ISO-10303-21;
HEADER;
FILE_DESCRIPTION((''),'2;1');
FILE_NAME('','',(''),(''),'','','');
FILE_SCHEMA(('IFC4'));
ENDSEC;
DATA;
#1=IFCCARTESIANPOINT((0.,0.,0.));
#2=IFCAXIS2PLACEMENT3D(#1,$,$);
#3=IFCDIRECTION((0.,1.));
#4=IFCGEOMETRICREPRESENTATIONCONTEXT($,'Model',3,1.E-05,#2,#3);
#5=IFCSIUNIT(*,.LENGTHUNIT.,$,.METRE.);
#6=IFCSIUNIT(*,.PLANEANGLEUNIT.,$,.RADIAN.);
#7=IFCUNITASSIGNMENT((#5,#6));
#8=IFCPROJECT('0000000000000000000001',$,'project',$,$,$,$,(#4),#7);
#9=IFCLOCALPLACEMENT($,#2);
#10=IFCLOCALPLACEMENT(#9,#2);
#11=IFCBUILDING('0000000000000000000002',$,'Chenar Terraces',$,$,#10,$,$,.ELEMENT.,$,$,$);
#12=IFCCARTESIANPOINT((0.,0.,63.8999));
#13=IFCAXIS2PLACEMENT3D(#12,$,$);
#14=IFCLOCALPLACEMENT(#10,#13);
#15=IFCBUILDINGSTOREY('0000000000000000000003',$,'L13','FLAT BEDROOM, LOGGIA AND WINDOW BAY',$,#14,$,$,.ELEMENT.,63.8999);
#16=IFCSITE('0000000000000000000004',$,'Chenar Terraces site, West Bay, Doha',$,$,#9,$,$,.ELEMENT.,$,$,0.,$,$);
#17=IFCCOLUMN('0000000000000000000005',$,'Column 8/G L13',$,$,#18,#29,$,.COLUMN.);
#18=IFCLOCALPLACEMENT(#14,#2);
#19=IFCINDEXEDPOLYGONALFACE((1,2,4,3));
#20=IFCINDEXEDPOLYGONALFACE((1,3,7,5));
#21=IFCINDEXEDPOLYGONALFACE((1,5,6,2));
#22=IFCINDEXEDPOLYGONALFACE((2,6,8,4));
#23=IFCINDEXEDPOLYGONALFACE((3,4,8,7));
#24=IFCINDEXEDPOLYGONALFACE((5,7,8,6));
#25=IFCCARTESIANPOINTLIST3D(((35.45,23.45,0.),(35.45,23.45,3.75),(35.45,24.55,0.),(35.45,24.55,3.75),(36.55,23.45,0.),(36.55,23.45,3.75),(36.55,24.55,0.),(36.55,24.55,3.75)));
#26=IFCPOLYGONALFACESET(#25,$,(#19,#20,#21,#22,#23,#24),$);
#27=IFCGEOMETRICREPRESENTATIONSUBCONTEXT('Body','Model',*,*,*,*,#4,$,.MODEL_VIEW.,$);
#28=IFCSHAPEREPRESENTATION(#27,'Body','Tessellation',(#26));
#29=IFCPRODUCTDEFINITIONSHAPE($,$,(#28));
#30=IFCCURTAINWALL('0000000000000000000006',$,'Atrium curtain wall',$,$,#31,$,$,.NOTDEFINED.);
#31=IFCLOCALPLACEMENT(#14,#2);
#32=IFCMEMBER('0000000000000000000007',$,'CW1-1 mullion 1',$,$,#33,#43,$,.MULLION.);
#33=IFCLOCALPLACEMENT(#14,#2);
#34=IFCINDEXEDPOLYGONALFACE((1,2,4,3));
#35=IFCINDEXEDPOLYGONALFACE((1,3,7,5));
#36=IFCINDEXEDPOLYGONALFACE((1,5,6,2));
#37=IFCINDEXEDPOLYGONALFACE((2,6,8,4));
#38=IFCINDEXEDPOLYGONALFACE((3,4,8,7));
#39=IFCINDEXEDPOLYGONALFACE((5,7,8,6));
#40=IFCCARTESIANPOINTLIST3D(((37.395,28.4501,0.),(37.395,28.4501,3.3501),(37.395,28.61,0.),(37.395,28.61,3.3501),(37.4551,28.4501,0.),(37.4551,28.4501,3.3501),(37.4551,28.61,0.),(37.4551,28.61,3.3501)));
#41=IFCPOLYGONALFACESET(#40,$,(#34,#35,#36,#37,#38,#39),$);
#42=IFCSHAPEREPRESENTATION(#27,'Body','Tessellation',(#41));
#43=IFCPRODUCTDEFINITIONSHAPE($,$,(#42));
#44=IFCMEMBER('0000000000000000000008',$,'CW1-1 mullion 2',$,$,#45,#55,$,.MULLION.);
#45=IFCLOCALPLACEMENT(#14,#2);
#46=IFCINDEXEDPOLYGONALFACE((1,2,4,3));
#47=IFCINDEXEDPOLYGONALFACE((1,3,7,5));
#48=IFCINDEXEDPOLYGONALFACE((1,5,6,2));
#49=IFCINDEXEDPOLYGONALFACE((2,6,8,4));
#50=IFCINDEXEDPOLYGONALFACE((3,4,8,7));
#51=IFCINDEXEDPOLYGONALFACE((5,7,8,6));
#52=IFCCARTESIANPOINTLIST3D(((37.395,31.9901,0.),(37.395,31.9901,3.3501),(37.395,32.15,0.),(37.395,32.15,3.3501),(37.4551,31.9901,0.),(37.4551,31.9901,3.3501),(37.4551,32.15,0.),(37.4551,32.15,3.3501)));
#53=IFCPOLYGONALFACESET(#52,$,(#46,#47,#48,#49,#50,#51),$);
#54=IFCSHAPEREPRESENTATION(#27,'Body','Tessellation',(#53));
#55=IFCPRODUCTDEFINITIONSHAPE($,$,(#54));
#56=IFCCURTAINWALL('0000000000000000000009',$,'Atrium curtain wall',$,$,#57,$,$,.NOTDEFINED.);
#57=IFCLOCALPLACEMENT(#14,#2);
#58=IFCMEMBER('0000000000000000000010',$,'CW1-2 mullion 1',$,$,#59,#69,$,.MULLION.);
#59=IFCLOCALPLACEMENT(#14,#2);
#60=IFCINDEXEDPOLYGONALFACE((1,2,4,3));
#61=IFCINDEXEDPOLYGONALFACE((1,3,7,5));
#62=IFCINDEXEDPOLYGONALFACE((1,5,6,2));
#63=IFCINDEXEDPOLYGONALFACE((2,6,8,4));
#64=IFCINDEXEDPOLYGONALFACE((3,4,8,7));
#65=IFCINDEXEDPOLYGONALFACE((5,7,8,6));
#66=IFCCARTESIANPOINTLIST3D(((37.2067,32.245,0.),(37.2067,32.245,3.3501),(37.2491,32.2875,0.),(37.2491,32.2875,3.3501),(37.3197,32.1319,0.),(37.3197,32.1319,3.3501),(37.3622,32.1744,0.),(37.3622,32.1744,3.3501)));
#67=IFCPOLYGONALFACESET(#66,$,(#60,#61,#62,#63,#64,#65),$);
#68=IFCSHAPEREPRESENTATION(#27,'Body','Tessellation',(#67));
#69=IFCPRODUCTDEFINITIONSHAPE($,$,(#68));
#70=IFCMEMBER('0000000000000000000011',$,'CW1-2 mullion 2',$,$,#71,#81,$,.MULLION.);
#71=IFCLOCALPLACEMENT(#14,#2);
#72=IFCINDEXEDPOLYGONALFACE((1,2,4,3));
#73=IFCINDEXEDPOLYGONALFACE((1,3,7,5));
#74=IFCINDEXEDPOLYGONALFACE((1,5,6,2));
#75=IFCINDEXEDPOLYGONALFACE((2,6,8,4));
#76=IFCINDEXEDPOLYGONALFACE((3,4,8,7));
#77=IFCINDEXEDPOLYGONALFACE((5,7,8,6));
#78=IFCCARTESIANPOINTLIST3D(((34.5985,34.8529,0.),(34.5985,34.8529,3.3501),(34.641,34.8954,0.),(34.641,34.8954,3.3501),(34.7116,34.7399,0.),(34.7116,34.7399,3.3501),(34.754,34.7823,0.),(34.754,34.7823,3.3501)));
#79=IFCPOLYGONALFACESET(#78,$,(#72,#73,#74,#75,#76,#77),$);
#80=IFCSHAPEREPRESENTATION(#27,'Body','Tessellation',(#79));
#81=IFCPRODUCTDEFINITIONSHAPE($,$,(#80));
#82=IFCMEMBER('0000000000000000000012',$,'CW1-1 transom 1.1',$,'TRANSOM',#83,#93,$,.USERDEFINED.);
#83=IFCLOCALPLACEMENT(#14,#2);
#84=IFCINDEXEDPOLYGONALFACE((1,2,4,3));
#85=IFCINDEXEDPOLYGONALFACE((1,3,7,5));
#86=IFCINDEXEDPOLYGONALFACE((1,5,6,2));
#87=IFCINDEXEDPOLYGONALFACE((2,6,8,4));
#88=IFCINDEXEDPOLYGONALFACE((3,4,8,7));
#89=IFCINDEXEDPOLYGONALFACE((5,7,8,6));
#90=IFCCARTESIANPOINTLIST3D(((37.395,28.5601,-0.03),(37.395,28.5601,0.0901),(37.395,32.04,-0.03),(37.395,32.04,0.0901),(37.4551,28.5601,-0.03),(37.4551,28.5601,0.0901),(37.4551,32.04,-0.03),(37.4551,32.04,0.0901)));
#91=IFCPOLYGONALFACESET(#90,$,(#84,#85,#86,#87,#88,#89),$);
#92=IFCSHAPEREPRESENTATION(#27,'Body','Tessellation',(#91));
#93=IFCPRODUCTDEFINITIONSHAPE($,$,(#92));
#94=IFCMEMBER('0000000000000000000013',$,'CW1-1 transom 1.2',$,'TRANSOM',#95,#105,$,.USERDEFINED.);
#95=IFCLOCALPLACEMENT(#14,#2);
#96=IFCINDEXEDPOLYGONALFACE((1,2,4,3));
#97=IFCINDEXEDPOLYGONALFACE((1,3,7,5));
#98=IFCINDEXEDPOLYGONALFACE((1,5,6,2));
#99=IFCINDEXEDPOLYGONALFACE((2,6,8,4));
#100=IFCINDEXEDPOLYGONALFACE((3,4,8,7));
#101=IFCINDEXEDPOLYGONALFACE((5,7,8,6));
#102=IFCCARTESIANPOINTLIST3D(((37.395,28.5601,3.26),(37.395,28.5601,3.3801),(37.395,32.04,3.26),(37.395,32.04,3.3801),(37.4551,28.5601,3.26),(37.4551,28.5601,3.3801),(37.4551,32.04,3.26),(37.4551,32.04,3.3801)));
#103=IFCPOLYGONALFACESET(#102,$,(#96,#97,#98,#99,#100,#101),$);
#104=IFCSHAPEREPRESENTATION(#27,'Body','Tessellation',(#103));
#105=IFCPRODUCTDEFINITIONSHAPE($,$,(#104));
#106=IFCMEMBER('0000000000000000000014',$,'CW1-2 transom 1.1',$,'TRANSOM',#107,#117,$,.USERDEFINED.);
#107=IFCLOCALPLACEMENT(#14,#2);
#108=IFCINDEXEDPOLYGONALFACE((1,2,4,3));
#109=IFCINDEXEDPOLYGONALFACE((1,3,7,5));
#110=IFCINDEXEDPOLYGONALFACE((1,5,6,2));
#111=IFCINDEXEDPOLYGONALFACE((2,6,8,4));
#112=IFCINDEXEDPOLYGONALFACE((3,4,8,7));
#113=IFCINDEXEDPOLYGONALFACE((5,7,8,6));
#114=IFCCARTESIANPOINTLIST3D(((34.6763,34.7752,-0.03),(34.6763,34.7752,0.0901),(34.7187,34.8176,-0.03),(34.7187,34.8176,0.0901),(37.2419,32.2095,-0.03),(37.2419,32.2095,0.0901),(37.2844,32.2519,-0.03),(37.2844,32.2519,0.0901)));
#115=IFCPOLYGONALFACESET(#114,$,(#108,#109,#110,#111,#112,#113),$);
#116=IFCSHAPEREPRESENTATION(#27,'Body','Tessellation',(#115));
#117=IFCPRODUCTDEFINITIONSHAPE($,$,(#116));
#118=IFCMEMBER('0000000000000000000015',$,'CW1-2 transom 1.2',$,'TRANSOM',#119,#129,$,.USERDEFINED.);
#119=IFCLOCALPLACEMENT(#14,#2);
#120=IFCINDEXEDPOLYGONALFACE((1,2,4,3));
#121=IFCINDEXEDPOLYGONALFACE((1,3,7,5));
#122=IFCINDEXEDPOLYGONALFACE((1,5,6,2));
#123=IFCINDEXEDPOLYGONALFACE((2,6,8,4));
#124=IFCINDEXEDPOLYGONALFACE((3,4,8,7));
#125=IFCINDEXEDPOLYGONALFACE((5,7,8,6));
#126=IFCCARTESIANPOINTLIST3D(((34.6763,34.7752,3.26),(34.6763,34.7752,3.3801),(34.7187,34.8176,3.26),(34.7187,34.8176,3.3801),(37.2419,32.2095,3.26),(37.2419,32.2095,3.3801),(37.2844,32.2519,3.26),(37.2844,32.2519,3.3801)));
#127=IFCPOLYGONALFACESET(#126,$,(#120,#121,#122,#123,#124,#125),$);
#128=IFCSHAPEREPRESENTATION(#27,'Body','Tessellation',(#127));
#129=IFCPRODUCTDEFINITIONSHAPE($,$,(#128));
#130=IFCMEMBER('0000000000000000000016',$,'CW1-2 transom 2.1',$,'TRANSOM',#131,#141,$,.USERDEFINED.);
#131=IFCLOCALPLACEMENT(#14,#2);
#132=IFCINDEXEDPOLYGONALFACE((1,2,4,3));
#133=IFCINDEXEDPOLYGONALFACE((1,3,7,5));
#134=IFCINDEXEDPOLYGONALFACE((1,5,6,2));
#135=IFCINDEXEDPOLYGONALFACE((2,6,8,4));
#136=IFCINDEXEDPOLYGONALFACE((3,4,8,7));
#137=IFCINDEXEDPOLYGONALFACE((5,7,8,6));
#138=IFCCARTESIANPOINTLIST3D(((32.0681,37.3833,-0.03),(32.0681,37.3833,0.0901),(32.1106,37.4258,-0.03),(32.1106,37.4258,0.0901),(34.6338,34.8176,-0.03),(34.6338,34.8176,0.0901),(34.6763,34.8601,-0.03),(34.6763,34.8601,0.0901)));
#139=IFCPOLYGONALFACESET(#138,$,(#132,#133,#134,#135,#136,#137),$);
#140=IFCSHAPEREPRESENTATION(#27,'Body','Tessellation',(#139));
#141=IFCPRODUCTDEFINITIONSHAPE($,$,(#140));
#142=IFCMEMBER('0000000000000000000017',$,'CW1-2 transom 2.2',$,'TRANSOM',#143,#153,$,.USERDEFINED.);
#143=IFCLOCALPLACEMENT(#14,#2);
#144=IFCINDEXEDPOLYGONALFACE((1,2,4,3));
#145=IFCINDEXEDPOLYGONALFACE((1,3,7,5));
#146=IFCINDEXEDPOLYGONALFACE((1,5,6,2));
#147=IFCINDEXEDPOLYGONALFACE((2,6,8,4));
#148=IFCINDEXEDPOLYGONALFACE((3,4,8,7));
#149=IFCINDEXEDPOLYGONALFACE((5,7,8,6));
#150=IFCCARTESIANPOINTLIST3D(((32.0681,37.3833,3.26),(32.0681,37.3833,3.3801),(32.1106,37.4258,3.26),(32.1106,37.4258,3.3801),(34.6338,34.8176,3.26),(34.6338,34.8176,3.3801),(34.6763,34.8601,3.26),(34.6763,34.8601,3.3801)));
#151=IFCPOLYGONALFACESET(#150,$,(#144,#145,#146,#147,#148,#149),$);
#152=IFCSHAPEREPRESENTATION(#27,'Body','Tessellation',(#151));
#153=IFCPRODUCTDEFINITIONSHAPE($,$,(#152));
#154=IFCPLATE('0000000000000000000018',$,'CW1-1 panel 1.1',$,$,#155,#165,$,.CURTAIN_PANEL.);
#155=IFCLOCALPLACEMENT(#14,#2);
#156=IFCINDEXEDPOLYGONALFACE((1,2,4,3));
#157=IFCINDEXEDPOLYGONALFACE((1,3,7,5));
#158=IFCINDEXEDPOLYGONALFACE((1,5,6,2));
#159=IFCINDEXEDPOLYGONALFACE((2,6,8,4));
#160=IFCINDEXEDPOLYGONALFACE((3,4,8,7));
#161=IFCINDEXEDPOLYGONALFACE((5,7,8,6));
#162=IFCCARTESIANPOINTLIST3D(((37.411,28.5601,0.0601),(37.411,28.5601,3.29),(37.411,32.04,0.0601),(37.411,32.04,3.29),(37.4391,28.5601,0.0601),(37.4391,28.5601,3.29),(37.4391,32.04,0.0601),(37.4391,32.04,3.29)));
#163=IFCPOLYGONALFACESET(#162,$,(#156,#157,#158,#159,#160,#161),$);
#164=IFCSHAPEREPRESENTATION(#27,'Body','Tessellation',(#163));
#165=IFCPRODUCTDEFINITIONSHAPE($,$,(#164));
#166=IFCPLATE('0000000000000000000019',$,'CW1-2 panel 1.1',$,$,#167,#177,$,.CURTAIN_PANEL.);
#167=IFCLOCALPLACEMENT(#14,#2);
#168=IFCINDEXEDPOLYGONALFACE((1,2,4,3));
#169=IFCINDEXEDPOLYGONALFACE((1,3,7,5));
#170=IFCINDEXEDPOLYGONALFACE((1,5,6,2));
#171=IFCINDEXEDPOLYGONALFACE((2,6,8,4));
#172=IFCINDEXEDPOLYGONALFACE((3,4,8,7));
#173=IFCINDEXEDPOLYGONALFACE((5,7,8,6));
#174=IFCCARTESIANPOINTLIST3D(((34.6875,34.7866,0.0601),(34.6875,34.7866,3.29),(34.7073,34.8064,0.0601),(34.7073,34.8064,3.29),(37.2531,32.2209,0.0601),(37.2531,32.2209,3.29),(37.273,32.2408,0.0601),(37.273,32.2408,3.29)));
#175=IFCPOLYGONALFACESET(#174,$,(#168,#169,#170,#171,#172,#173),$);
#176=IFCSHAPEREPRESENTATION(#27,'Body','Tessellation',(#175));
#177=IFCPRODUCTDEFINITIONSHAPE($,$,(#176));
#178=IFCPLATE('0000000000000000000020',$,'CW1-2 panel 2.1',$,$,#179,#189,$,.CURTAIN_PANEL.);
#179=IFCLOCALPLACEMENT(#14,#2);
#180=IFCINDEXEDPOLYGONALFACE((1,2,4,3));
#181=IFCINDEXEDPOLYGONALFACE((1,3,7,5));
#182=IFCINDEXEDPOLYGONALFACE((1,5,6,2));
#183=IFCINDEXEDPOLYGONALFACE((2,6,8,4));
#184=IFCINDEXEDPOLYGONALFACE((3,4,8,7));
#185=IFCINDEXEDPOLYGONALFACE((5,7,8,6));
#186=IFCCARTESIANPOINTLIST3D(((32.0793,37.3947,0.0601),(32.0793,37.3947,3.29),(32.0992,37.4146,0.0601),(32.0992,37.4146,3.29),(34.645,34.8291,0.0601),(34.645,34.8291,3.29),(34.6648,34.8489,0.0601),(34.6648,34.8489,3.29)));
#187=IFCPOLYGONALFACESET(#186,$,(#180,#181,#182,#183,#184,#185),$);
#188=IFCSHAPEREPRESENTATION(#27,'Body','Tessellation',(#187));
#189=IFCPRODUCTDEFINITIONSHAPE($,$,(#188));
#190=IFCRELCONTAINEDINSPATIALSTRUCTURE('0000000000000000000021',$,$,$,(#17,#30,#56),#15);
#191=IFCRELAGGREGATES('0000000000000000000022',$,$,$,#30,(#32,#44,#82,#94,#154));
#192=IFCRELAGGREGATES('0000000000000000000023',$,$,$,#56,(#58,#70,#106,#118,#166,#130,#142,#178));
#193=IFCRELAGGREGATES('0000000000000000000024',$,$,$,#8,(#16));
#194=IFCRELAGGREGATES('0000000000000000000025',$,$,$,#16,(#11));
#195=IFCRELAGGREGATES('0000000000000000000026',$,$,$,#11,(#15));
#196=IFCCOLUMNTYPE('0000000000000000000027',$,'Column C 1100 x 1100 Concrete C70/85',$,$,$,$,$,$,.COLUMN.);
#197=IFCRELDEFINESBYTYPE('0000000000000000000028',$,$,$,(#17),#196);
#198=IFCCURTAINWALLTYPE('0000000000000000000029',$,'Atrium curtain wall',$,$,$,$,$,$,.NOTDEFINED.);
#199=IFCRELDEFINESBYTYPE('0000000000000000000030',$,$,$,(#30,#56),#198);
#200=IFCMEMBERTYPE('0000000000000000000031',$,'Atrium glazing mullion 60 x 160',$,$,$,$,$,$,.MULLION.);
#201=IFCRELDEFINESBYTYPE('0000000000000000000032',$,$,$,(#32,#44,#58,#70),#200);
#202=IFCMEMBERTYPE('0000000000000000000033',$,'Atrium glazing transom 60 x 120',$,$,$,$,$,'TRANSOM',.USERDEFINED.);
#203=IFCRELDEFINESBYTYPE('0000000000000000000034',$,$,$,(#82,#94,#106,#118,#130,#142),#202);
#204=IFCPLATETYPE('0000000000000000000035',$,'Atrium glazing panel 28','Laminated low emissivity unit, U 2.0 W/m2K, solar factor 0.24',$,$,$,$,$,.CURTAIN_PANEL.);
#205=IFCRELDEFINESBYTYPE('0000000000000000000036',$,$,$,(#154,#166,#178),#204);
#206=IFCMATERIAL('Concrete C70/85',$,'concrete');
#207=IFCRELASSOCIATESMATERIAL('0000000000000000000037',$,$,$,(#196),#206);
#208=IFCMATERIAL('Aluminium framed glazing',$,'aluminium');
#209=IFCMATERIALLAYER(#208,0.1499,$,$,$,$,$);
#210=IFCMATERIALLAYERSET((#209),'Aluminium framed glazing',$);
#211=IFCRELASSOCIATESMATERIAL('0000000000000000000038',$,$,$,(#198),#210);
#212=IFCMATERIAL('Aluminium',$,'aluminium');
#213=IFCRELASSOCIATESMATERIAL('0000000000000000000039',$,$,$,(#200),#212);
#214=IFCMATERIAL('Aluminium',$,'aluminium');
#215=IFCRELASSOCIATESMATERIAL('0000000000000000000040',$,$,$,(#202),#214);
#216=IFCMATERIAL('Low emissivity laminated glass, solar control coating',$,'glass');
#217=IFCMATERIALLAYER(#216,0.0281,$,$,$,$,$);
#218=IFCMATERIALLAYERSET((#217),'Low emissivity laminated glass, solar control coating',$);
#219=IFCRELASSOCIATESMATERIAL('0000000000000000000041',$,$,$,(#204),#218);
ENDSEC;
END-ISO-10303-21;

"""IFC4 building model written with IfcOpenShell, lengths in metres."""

from ifc_helpers import new_model, si_unit, direction, frame, origin, origin_2d, place, context, subcontext, project, spatial, rectangle, extrude, material, layer, layer_set, material_profile, profile_set, type_object, element, aggregate, save


model = new_model("IFC4")

# Units and contexts
model_context = context("Model", 3, precision=1e-05, world=origin(), true_north=direction((0.0, 1.0)))
body_context = subcontext(model_context, "Body", "Model", "MODEL_VIEW")
ifc_project = project(units=[si_unit("LENGTHUNIT", "METRE"), si_unit("PLANEANGLEUNIT", "RADIAN")], contexts=[model_context])

# Site, building, storey
site_placement = place(None, origin())
site = spatial("IfcSite", under=ifc_project, at=site_placement, Name="Chenar Terraces site, West Bay, Doha", CompositionType="ELEMENT", RefElevation=0.0)
building_placement = place(site_placement, origin())
building = spatial("IfcBuilding", under=site, at=building_placement, Name="Chenar Terraces", CompositionType="ELEMENT")
storey_placement = place(building_placement, frame((0.0, 0.0, 63.8999)))
storey = spatial("IfcBuildingStorey", under=building, at=storey_placement, Name="L13", Description="FLAT BEDROOM, LOGGIA AND WINDOW BAY", CompositionType="ELEMENT", Elevation=63.8999)

# Column
ifc_material_1 = material(Name="Concrete C70/85", Category="concrete")
ifc_material_profile_1 = material_profile(ifc_material_1, rectangle(XDim=1.1001, YDim=1.1001, at=origin_2d()), Name="C 1100 x 1100")
ifc_profile_set_1 = profile_set([ifc_material_profile_1], Name="Concrete C70/85")
column_type = type_object("IfcColumnType", Name="Column C 1100 x 1100 Concrete C70/85", PredefinedType="COLUMN", material=ifc_profile_set_1)
column_placement = place(storey_placement, frame((36.0, 24.0, 0.0), z_axis=(0.0, 0.0, 1.0), x_axis=(1.0, 0.0, 0.0)))
element("IfcColumn", 1, at=column_placement, inside=storey, type_object=column_type, Name="Column 8/G L13", PredefinedType="COLUMN", context=body_context, shape_type="SweptSolid", body=[
    extrude(rectangle(XDim=1.1001, YDim=1.1001, at=origin_2d()), origin(), (0.0, 0.0, 1.0), 3.75),
])

# Curtain walls, members
ifc_material_2 = material(Name="Aluminium framed glazing", Category="aluminium")
ifc_layer_1 = layer(ifc_material_2, 0.1499)
ifc_layer_set_1 = layer_set([ifc_layer_1], Name="Aluminium framed glazing")
curtain_wall_type = type_object("IfcCurtainWallType", Name="Atrium curtain wall", PredefinedType="NOTDEFINED", material=ifc_layer_set_1)
placement = place(storey_placement, origin())
curtain_wall_1 = element("IfcCurtainWall", 2, at=placement, inside=storey, type_object=curtain_wall_type, Name="Atrium curtain wall", PredefinedType="NOTDEFINED")
ifc_material_3 = material(Name="Aluminium", Category="aluminium")
ifc_material_profile_2 = material_profile(ifc_material_3, rectangle(XDim=0.0601, YDim=0.1599, at=origin_2d()), Name="Atrium glazing mullion 60 x 160")
ifc_profile_set_2 = profile_set([ifc_material_profile_2], Name="Aluminium")
member_type_1 = type_object("IfcMemberType", Name="Atrium glazing mullion 60 x 160", PredefinedType="MULLION", material=ifc_profile_set_2)
member_1_placement = place(storey_placement, frame((37.425, 28.53, 0.0), z_axis=(0.0, 0.0, 1.0), x_axis=(-1.0, 0.0, 0.0)))
member_1 = element("IfcMember", 3, at=member_1_placement, type_object=member_type_1, Name="CW1-1 mullion 1", PredefinedType="MULLION", context=body_context, shape_type="SweptSolid", body=[
    extrude(rectangle(XDim=0.0601, YDim=0.1599, at=origin_2d()), origin(), (0.0, 0.0, 1.0), 3.3501),
])
member_2_placement = place(storey_placement, frame((37.425, 32.0701, 0.0), z_axis=(0.0, 0.0, 1.0), x_axis=(-1.0, 0.0, 0.0)))
member_2 = element("IfcMember", 4, at=member_2_placement, type_object=member_type_1, Name="CW1-1 mullion 2", PredefinedType="MULLION", context=body_context, shape_type="SweptSolid", body=[
    extrude(rectangle(XDim=0.0601, YDim=0.1599, at=origin_2d()), origin(), (0.0, 0.0, 1.0), 3.3501),
])
curtain_wall_2 = element("IfcCurtainWall", 5, at=placement, inside=storey, type_object=curtain_wall_type, Name="Atrium curtain wall", PredefinedType="NOTDEFINED")
member_3_placement = place(storey_placement, frame((37.2844, 32.2097, 0.0), z_axis=(0.0, 0.0, 1.0), x_axis=(-0.707107, -0.707107, 0.0)))
member_3 = element("IfcMember", 6, at=member_3_placement, type_object=member_type_1, Name="CW1-2 mullion 1", PredefinedType="MULLION", context=body_context, shape_type="SweptSolid", body=[
    extrude(rectangle(XDim=0.0601, YDim=0.1599, at=origin_2d()), origin(), (0.0, 0.0, 1.0), 3.3501),
])
member_4_placement = place(storey_placement, frame((34.6763, 34.8176, 0.0), z_axis=(0.0, 0.0, 1.0), x_axis=(-0.707107, -0.707107, 0.0)))
member_4 = element("IfcMember", 7, at=member_4_placement, type_object=member_type_1, Name="CW1-2 mullion 2", PredefinedType="MULLION", context=body_context, shape_type="SweptSolid", body=[
    extrude(rectangle(XDim=0.0601, YDim=0.1599, at=origin_2d()), origin(), (0.0, 0.0, 1.0), 3.3501),
])

# Members
ifc_material_4 = material(Name="Aluminium", Category="aluminium")
ifc_material_profile_3 = material_profile(ifc_material_4, rectangle(XDim=0.0601, YDim=0.1201, at=origin_2d()), Name="Atrium glazing transom 60 x 120")
ifc_profile_set_3 = profile_set([ifc_material_profile_3], Name="Aluminium")
member_type_2 = type_object("IfcMemberType", Name="Atrium glazing transom 60 x 120", ElementType="TRANSOM", PredefinedType="USERDEFINED", material=ifc_profile_set_3)
member_5_placement = place(storey_placement, frame((37.425, 28.5601, 0.03), z_axis=(0.0, 1.0, 0.0), x_axis=(-1.0, 0.0, 0.0)))
member_5 = element("IfcMember", 8, at=member_5_placement, type_object=member_type_2, Name="CW1-1 transom 1.1", ObjectType="TRANSOM", PredefinedType="USERDEFINED", context=body_context, shape_type="SweptSolid", body=[
    extrude(rectangle(XDim=0.0601, YDim=0.1201, at=origin_2d()), origin(), (0.0, 0.0, 1.0), 3.48),
])
member_6_placement = place(storey_placement, frame((37.425, 28.5601, 3.3201), z_axis=(0.0, 1.0, 0.0), x_axis=(-1.0, 0.0, 0.0)))
member_6 = element("IfcMember", 9, at=member_6_placement, type_object=member_type_2, Name="CW1-1 transom 1.2", ObjectType="TRANSOM", PredefinedType="USERDEFINED", context=body_context, shape_type="SweptSolid", body=[
    extrude(rectangle(XDim=0.0601, YDim=0.1201, at=origin_2d()), origin(), (0.0, 0.0, 1.0), 3.48),
])
member_7_placement = place(storey_placement, frame((37.2632, 32.2307, 0.03), z_axis=(-0.707107, 0.707107, 0.0), x_axis=(-0.707107, -0.707107, 0.0)))
member_7 = element("IfcMember", 10, at=member_7_placement, type_object=member_type_2, Name="CW1-2 transom 1.1", ObjectType="TRANSOM", PredefinedType="USERDEFINED", context=body_context, shape_type="SweptSolid", body=[
    extrude(rectangle(XDim=0.0601, YDim=0.1201, at=origin_2d()), origin(), (0.0, 0.0, 1.0), 3.6284),
])
member_8_placement = place(storey_placement, frame((37.2632, 32.2307, 3.3201), z_axis=(-0.707107, 0.707107, 0.0), x_axis=(-0.707107, -0.707107, 0.0)))
member_8 = element("IfcMember", 11, at=member_8_placement, type_object=member_type_2, Name="CW1-2 transom 1.2", ObjectType="TRANSOM", PredefinedType="USERDEFINED", context=body_context, shape_type="SweptSolid", body=[
    extrude(rectangle(XDim=0.0601, YDim=0.1201, at=origin_2d()), origin(), (0.0, 0.0, 1.0), 3.6284),
])
member_9_placement = place(storey_placement, frame((34.655, 34.8389, 0.03), z_axis=(-0.707107, 0.707107, 0.0), x_axis=(-0.707107, -0.707107, 0.0)))
member_9 = element("IfcMember", 12, at=member_9_placement, type_object=member_type_2, Name="CW1-2 transom 2.1", ObjectType="TRANSOM", PredefinedType="USERDEFINED", context=body_context, shape_type="SweptSolid", body=[
    extrude(rectangle(XDim=0.0601, YDim=0.1201, at=origin_2d()), origin(), (0.0, 0.0, 1.0), 3.6284),
])
member_10_placement = place(storey_placement, frame((34.655, 34.8389, 3.3201), z_axis=(-0.707107, 0.707107, 0.0), x_axis=(-0.707107, -0.707107, 0.0)))
member_10 = element("IfcMember", 13, at=member_10_placement, type_object=member_type_2, Name="CW1-2 transom 2.2", ObjectType="TRANSOM", PredefinedType="USERDEFINED", context=body_context, shape_type="SweptSolid", body=[
    extrude(rectangle(XDim=0.0601, YDim=0.1201, at=origin_2d()), origin(), (0.0, 0.0, 1.0), 3.6284),
])

# Plates
ifc_material_5 = material(Name="Low emissivity laminated glass, solar control coating", Category="glass")
ifc_layer_2 = layer(ifc_material_5, 0.0281)
ifc_layer_set_2 = layer_set([ifc_layer_2], Name="Low emissivity laminated glass, solar control coating")
plate_type = type_object("IfcPlateType", Name="Atrium glazing panel 28", Description="Laminated low emissivity unit, U 2.0 W/m2K, solar factor 0.24", PredefinedType="CURTAIN_PANEL", material=ifc_layer_set_2)
plate_1_placement = place(storey_placement, frame((37.425, 30.3, 0.0601), z_axis=(0.0, 0.0, 1.0), x_axis=(0.0, 1.0, 0.0)))
plate_1 = element("IfcPlate", 14, at=plate_1_placement, type_object=plate_type, Name="CW1-1 panel 1.1", PredefinedType="CURTAIN_PANEL", context=body_context, shape_type="SweptSolid", body=[
    extrude(rectangle(XDim=3.48, YDim=0.0281, at=origin_2d()), origin(), (0.0, 0.0, 1.0), 3.23),
])
aggregate(curtain_wall_1, [member_1, member_2, member_5, member_6, plate_1])
plate_2_placement = place(storey_placement, frame((35.9802, 33.5137, 0.0601), z_axis=(0.0, 0.0, 1.0), x_axis=(-0.707107, 0.707107, 0.0)))
plate_2 = element("IfcPlate", 15, at=plate_2_placement, type_object=plate_type, Name="CW1-2 panel 1.1", PredefinedType="CURTAIN_PANEL", context=body_context, shape_type="SweptSolid", body=[
    extrude(rectangle(XDim=3.6284, YDim=0.0281, at=origin_2d()), origin(), (0.0, 0.0, 1.0), 3.23),
])
plate_3_placement = place(storey_placement, frame((33.3721, 36.1218, 0.0601), z_axis=(0.0, 0.0, 1.0), x_axis=(-0.707107, 0.707107, 0.0)))
plate_3 = element("IfcPlate", 16, at=plate_3_placement, type_object=plate_type, Name="CW1-2 panel 2.1", PredefinedType="CURTAIN_PANEL", context=body_context, shape_type="SweptSolid", body=[
    extrude(rectangle(XDim=3.6284, YDim=0.0281, at=origin_2d()), origin(), (0.0, 0.0, 1.0), 3.23),
])
aggregate(curtain_wall_2, [member_3, member_4, member_7, member_8, plate_2, member_9, member_10, plate_3])

save(model, "model.ifc")
